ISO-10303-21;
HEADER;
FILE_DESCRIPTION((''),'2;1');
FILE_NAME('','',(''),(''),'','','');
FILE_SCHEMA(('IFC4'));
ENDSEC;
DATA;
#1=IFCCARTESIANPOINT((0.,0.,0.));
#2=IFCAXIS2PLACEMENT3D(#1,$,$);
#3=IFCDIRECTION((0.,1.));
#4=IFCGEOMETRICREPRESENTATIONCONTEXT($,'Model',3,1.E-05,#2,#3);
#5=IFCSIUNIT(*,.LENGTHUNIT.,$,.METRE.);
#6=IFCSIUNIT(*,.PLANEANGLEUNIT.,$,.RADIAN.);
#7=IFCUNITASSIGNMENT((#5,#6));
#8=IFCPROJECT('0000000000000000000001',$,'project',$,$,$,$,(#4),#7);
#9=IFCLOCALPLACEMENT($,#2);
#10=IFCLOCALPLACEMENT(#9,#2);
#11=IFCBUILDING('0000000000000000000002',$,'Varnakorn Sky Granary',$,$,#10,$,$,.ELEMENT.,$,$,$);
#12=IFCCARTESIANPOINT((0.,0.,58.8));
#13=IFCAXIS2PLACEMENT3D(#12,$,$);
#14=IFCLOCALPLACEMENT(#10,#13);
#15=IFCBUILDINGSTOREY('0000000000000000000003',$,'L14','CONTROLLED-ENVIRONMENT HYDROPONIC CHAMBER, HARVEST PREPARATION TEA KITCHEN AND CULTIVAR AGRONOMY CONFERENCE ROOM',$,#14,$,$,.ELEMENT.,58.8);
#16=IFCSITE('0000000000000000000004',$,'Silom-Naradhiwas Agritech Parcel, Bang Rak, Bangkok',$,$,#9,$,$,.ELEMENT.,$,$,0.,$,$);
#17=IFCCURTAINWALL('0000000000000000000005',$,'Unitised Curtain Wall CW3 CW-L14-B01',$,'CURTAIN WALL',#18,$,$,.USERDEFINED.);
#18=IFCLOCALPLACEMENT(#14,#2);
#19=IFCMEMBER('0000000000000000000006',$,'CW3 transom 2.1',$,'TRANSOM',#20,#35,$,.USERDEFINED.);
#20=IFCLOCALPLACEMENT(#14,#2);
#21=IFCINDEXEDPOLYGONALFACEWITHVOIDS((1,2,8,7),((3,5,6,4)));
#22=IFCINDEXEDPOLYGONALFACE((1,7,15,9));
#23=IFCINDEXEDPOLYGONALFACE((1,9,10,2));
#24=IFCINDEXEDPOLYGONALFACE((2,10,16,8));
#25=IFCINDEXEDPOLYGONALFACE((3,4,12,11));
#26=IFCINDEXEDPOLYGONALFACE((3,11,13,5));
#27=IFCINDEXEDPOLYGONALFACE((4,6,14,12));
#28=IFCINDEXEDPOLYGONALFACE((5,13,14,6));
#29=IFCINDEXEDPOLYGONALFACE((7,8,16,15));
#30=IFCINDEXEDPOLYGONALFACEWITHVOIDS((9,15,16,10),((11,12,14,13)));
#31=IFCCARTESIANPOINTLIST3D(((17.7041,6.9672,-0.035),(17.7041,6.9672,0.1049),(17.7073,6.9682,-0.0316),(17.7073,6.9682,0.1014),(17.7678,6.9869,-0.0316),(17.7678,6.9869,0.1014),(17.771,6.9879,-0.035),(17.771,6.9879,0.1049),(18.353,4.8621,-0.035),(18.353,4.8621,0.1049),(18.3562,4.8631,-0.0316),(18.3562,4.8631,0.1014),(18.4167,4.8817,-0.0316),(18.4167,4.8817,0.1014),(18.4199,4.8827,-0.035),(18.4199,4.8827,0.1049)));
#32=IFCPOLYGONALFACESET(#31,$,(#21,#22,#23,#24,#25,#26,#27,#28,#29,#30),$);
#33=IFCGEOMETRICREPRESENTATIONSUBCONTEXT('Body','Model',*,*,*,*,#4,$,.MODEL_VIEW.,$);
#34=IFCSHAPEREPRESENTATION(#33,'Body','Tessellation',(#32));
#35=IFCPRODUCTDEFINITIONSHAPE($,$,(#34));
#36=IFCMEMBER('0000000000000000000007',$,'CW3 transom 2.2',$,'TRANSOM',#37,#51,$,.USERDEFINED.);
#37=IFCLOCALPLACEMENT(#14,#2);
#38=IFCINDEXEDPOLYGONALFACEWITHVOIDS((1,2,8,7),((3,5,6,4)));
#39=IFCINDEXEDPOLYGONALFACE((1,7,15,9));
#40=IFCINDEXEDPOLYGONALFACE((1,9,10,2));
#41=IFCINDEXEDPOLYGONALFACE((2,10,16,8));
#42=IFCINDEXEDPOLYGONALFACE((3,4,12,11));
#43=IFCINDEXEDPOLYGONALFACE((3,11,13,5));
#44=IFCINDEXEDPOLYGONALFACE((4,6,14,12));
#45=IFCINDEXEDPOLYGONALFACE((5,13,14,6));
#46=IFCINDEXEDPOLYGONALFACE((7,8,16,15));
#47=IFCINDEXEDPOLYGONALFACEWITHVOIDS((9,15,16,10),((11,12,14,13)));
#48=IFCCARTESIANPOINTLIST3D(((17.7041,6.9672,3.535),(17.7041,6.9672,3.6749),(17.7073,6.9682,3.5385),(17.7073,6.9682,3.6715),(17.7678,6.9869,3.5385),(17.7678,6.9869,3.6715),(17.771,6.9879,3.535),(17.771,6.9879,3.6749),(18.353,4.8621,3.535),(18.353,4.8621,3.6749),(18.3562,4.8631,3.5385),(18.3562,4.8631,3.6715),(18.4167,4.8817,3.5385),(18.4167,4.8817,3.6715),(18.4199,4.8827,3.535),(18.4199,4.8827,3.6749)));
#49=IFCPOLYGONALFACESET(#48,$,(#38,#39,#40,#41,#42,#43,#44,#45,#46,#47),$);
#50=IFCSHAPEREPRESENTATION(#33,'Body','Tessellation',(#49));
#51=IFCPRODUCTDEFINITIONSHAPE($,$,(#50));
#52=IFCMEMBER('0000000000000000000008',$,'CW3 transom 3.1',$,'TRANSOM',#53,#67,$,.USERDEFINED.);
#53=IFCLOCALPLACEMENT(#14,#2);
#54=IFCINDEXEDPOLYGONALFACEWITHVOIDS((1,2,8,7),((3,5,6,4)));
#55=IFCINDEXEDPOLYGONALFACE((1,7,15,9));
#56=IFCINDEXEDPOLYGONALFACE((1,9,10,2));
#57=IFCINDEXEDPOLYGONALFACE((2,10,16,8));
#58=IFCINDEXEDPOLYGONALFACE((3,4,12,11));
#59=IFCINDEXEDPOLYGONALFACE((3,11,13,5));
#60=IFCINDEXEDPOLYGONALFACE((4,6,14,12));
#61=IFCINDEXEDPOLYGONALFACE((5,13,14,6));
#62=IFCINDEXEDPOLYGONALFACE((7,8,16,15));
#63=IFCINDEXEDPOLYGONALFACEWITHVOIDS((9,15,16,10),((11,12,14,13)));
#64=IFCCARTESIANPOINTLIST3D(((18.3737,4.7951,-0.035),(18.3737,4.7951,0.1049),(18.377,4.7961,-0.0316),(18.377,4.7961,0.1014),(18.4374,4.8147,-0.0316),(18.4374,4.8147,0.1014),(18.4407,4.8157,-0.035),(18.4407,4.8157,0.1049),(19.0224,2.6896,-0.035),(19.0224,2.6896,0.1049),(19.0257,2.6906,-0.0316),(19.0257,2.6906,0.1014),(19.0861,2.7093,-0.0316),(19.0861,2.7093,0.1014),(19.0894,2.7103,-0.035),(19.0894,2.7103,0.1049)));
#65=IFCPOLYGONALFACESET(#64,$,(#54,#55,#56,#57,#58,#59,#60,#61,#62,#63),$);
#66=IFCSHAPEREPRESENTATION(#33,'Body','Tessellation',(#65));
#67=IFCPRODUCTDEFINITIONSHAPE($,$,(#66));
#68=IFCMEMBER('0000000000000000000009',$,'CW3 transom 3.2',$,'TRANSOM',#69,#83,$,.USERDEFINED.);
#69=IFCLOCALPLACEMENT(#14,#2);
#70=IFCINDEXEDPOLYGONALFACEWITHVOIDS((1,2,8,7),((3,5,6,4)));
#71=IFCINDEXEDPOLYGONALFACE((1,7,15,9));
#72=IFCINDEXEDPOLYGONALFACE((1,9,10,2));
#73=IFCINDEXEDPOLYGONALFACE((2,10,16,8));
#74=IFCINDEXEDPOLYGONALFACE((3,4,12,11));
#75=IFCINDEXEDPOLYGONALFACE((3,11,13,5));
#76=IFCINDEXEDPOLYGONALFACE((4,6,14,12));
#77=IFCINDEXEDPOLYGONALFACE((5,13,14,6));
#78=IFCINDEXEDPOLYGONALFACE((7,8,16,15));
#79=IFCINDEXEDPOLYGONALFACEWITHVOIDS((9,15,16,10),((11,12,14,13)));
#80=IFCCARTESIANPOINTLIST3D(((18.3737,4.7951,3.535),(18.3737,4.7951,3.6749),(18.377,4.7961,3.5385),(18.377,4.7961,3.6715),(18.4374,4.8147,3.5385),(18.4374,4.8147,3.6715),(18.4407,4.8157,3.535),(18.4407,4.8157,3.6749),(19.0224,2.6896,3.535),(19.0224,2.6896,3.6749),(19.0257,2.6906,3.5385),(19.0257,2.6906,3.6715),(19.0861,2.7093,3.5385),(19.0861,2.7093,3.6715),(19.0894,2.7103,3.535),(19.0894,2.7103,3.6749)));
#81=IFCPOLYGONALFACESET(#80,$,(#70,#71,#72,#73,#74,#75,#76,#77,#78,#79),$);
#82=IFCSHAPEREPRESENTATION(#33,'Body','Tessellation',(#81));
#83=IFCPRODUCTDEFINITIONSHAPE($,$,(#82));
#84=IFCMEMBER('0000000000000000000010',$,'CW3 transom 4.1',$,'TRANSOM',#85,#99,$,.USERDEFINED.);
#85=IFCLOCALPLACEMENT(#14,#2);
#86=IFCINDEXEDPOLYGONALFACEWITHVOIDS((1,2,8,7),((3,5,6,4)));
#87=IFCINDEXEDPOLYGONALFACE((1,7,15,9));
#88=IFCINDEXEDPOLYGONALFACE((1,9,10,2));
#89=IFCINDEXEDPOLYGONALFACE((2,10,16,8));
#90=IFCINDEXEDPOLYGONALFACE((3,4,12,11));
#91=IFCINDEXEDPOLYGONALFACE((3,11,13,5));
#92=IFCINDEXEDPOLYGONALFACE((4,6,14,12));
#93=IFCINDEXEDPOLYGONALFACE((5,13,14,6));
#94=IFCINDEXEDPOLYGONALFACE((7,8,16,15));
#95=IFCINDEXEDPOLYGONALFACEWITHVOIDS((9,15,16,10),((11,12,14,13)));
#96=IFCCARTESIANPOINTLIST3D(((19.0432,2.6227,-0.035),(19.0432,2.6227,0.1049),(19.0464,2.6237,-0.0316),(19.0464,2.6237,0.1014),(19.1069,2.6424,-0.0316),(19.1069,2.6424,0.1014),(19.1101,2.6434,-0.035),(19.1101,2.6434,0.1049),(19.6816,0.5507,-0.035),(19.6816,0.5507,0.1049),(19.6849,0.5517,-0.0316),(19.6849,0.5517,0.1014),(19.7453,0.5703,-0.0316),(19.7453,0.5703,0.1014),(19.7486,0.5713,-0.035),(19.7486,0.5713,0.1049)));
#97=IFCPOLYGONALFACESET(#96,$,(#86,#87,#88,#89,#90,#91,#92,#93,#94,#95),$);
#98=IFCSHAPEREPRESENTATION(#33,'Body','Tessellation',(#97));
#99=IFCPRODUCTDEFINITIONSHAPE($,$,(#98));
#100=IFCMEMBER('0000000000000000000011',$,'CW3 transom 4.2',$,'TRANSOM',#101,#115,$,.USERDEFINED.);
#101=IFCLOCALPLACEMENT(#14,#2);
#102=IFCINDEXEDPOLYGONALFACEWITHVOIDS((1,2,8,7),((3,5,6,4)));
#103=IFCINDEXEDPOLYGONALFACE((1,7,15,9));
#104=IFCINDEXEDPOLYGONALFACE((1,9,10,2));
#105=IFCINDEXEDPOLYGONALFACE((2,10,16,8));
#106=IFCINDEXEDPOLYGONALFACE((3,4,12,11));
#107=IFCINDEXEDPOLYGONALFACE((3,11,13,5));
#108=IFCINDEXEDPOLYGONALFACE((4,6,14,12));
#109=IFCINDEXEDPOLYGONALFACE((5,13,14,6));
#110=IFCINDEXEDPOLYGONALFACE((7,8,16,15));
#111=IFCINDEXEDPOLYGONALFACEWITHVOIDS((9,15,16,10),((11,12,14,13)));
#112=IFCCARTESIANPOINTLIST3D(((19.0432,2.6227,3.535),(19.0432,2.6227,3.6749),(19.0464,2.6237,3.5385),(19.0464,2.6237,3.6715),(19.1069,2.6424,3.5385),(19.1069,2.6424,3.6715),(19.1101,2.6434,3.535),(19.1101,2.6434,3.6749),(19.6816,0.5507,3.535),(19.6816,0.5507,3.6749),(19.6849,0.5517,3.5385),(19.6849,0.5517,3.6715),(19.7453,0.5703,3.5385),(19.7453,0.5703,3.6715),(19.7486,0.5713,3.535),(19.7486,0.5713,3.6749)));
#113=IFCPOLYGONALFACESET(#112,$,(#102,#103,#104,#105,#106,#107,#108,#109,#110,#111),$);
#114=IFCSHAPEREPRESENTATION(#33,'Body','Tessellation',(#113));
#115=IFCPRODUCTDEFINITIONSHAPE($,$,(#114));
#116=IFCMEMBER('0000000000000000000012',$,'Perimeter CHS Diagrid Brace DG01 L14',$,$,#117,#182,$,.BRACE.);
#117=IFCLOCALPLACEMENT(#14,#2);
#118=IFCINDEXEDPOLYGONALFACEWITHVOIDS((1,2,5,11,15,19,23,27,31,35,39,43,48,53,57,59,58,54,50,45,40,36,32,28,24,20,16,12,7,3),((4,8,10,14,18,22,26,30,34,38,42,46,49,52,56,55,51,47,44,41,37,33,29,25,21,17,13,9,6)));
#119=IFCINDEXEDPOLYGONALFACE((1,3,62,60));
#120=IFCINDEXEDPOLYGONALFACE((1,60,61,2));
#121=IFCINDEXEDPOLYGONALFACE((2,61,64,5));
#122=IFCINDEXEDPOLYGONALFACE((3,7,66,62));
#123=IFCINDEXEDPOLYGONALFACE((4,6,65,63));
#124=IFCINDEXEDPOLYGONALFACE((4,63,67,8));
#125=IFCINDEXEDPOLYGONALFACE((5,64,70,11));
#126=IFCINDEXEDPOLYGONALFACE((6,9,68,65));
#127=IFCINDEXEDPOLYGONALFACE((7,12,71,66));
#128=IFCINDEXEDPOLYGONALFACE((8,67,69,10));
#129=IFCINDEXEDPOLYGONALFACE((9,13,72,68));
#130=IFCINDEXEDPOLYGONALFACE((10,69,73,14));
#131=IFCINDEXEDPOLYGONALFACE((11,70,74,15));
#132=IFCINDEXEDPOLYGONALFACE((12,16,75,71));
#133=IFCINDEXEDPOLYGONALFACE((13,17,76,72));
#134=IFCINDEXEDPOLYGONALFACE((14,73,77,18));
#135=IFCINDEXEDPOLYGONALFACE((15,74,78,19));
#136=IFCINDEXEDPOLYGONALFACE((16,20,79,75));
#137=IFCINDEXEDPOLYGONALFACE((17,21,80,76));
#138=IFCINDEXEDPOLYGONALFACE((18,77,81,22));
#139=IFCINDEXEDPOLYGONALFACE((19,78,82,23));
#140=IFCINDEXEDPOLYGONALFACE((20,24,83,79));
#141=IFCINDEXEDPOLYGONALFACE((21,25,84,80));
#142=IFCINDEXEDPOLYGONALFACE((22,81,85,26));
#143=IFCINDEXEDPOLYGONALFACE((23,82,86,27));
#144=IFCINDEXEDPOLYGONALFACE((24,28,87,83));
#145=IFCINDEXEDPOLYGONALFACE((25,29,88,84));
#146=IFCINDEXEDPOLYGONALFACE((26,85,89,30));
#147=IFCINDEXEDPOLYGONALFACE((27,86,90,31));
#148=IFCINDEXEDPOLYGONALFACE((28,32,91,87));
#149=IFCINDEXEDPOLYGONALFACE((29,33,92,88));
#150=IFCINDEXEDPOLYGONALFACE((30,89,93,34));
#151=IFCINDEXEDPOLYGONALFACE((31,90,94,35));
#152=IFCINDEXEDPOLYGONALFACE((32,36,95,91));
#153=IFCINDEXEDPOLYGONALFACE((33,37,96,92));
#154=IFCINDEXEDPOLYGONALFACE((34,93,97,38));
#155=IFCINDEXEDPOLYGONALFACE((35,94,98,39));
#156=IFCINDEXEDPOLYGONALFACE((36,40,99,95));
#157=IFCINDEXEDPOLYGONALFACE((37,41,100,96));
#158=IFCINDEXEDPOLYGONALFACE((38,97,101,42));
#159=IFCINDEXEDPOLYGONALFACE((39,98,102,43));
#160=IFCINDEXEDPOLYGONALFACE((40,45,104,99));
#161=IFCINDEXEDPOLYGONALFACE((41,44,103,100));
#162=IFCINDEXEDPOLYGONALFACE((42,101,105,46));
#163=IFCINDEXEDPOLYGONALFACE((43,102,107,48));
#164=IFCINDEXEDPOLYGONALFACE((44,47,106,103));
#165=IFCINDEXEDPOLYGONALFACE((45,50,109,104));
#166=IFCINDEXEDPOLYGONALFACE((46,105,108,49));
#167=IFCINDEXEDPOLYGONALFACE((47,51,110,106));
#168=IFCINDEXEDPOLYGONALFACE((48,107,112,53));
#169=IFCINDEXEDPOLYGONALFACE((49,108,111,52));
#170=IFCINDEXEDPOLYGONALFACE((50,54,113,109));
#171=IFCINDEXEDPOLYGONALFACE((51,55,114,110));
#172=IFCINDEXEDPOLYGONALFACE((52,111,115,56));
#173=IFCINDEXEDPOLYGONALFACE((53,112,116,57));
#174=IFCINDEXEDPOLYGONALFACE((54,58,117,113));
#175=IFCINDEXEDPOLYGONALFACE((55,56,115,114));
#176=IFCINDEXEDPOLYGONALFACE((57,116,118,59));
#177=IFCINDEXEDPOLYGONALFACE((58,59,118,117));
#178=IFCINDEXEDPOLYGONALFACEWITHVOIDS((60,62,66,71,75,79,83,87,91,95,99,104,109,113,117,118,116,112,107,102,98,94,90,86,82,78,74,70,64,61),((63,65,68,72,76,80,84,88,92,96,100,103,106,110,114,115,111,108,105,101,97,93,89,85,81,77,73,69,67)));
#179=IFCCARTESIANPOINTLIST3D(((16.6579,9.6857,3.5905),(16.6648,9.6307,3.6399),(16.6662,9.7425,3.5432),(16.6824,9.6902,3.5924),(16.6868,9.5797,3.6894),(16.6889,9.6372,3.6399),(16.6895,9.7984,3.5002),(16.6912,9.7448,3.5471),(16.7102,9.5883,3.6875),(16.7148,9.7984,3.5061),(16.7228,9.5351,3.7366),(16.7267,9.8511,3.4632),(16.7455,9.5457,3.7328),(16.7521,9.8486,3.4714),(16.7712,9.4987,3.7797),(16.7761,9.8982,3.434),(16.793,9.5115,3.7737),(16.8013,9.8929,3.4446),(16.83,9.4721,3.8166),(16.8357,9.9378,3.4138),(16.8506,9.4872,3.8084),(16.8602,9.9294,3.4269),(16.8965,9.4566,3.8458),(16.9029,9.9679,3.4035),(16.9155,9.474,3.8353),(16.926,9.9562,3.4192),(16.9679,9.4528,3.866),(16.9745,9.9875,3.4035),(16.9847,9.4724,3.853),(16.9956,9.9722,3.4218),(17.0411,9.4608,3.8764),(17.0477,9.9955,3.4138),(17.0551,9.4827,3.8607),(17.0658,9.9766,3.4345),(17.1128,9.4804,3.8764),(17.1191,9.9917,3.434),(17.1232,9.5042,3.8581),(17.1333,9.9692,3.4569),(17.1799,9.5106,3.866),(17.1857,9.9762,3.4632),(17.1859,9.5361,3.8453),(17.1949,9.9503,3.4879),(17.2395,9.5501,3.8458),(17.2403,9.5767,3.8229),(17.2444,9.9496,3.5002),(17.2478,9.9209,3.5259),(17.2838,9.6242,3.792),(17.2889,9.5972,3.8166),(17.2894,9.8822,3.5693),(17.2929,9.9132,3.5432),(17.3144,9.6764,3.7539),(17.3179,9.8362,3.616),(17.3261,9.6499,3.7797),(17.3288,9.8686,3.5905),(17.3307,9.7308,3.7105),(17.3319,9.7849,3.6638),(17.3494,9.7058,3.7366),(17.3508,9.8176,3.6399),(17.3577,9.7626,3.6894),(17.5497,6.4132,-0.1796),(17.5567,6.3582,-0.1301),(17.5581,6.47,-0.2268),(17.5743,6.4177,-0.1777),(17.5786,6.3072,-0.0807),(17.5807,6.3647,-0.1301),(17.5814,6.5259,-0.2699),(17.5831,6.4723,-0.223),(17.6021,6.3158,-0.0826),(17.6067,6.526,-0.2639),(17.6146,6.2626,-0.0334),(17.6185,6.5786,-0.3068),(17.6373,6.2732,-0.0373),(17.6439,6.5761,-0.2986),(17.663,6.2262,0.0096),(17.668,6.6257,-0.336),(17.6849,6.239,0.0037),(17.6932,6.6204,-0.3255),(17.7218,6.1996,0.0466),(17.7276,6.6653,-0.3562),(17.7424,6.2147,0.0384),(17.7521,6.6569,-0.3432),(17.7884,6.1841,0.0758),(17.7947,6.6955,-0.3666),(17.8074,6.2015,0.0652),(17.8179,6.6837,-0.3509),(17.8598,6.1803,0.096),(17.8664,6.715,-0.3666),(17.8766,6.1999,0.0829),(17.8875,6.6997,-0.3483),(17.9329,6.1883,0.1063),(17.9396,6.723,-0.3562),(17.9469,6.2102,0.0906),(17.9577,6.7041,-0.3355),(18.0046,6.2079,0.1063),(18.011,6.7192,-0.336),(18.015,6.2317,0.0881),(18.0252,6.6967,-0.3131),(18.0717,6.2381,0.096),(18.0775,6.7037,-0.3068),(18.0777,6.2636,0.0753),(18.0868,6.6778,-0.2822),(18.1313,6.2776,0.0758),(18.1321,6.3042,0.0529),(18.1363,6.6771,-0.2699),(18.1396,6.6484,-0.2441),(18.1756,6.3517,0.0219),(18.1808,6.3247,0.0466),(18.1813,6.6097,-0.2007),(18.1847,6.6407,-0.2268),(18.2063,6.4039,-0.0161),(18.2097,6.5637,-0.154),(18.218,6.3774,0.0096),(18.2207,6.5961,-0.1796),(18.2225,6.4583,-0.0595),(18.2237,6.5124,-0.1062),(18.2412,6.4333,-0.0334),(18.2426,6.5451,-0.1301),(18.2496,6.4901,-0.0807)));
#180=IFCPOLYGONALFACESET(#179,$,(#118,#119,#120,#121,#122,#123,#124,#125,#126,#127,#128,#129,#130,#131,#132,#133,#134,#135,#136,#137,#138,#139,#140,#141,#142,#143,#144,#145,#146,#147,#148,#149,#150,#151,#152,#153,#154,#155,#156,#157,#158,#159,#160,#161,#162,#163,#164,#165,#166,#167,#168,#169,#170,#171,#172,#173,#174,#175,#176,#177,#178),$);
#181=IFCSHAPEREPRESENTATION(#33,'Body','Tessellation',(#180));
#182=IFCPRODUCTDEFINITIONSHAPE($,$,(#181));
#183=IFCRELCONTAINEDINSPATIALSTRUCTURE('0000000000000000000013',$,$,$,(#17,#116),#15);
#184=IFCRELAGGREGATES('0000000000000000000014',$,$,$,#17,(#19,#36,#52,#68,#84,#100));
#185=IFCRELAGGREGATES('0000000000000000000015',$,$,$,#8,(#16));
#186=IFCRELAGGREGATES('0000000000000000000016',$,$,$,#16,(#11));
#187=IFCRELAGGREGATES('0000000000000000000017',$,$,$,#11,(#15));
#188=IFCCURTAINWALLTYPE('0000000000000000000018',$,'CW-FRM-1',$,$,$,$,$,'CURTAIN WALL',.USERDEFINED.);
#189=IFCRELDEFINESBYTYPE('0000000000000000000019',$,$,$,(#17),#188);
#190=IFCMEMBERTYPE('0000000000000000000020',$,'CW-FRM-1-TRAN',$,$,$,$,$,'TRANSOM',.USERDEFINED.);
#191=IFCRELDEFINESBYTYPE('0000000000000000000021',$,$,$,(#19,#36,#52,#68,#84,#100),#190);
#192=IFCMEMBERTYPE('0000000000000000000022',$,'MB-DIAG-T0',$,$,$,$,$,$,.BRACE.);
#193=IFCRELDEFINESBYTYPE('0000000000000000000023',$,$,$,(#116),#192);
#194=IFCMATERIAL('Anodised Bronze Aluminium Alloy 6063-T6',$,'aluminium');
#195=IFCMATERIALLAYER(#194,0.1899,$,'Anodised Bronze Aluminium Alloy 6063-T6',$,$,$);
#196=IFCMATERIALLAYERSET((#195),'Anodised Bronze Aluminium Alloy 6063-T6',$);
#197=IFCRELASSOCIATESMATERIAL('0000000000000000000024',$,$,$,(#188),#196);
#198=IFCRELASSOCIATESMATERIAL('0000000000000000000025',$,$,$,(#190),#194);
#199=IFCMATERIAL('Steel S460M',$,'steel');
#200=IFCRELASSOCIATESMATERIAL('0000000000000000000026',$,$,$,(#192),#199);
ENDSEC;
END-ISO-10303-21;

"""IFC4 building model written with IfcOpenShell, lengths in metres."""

from ifc_helpers import new_model, si_unit, direction, frame, origin, origin_2d, place, context, subcontext, project, spatial, hollow_rectangle, hollow_circle, extrude, material, layer, layer_set, material_profile, profile_set, type_object, element, aggregate, save


model = new_model("IFC4")

# Units and contexts
model_context = context("Model", 3, precision=1e-05, world=origin(), true_north=direction((0.0, 1.0)))
body_context = subcontext(model_context, "Body", "Model", "MODEL_VIEW")
ifc_project = project(units=[si_unit("LENGTHUNIT", "METRE"), si_unit("PLANEANGLEUNIT", "RADIAN")], contexts=[model_context])

# Site, building, storey
site_placement = place(None, origin())
site = spatial("IfcSite", under=ifc_project, at=site_placement, Name="Silom-Naradhiwas Agritech Parcel, Bang Rak, Bangkok", CompositionType="ELEMENT", RefElevation=0.0)
building_placement = place(site_placement, origin())
building = spatial("IfcBuilding", under=site, at=building_placement, Name="Varnakorn Sky Granary", CompositionType="ELEMENT")
storey_placement = place(building_placement, frame((0.0, 0.0, 58.8)))
storey = spatial("IfcBuildingStorey", under=building, at=storey_placement, Name="L14", Description="CONTROLLED-ENVIRONMENT HYDROPONIC CHAMBER, HARVEST PREPARATION TEA KITCHEN AND CULTIVAR AGRONOMY CONFERENCE ROOM", CompositionType="ELEMENT", Elevation=58.8)

# Shared definitions
ifc_material_1 = material(Name="Steel S460M", Category="steel")

# Curtain wall, members
ifc_material_2 = material(Name="Anodised Bronze Aluminium Alloy 6063-T6", Category="aluminium")
ifc_layer_1 = layer(ifc_material_2, 0.1899, Name="Anodised Bronze Aluminium Alloy 6063-T6")
ifc_layer_set_1 = layer_set([ifc_layer_1], Name="Anodised Bronze Aluminium Alloy 6063-T6")
curtain_wall_type = type_object("IfcCurtainWallType", Name="CW-FRM-1", ElementType="CURTAIN WALL", PredefinedType="USERDEFINED", material=ifc_layer_set_1)
curtain_wall_placement = place(storey_placement, origin())
curtain_wall = element("IfcCurtainWall", 1, at=curtain_wall_placement, inside=storey, type_object=curtain_wall_type, Name="Unitised Curtain Wall CW3 CW-L14-B01", ObjectType="CURTAIN WALL", PredefinedType="USERDEFINED")
ifc_material_profile_1 = material_profile(ifc_material_2, hollow_rectangle(XDim=0.0701, YDim=0.1399, WallThickness=0.0034, at=origin_2d()), Name="ALU TRAN 70x140")
ifc_profile_set_1 = profile_set([ifc_material_profile_1], Name="Anodised Bronze Aluminium Alloy 6063-T6")
member_type_1 = type_object("IfcMemberType", Name="CW-FRM-1-TRAN", ElementType="TRANSOM", PredefinedType="USERDEFINED", material=ifc_profile_set_1)
member_1_placement = place(storey_placement, frame((17.7375, 6.9775, 0.0349), z_axis=(0.294569, -0.95563, 0.0), x_axis=(0.95563, 0.294569, 0.0)))
member_1 = element("IfcMember", 2, at=member_1_placement, type_object=member_type_1, Name="CW3 transom 2.1", ObjectType="TRANSOM", PredefinedType="USERDEFINED", context=body_context, shape_type="SweptSolid", body=[
    extrude(hollow_rectangle(XDim=0.0701, YDim=0.1399, WallThickness=0.0034, at=origin_2d()), origin(), (0.0, 0.0, 1.0), 2.2029),
])
member_2_placement = place(storey_placement, frame((17.7375, 6.9775, 3.605), z_axis=(0.294569, -0.95563, 0.0), x_axis=(0.95563, 0.294569, 0.0)))
member_2 = element("IfcMember", 3, at=member_2_placement, type_object=member_type_1, Name="CW3 transom 2.2", ObjectType="TRANSOM", PredefinedType="USERDEFINED", context=body_context, shape_type="SweptSolid", body=[
    extrude(hollow_rectangle(XDim=0.0701, YDim=0.1399, WallThickness=0.0034, at=origin_2d()), origin(), (0.0, 0.0, 1.0), 2.2029),
])
member_3_placement = place(storey_placement, frame((18.4072, 4.8054, 0.0349), z_axis=(0.294436, -0.955671, 0.0), x_axis=(0.955671, 0.294436, 0.0)))
member_3 = element("IfcMember", 4, at=member_3_placement, type_object=member_type_1, Name="CW3 transom 3.1", ObjectType="TRANSOM", PredefinedType="USERDEFINED", context=body_context, shape_type="SweptSolid", body=[
    extrude(hollow_rectangle(XDim=0.0701, YDim=0.1399, WallThickness=0.0034, at=origin_2d()), origin(), (0.0, 0.0, 1.0), 2.2031),
])
member_4_placement = place(storey_placement, frame((18.4072, 4.8054, 3.605), z_axis=(0.294436, -0.955671, 0.0), x_axis=(0.955671, 0.294436, 0.0)))
member_4 = element("IfcMember", 5, at=member_4_placement, type_object=member_type_1, Name="CW3 transom 3.2", ObjectType="TRANSOM", PredefinedType="USERDEFINED", context=body_context, shape_type="SweptSolid", body=[
    extrude(hollow_rectangle(XDim=0.0701, YDim=0.1399, WallThickness=0.0034, at=origin_2d()), origin(), (0.0, 0.0, 1.0), 2.2031),
])
member_5_placement = place(storey_placement, frame((19.0767, 2.6331, 0.0349), z_axis=(0.294458, -0.955665, 0.0), x_axis=(0.955665, 0.294458, 0.0)))
member_5 = element("IfcMember", 6, at=member_5_placement, type_object=member_type_1, Name="CW3 transom 4.1", ObjectType="TRANSOM", PredefinedType="USERDEFINED", context=body_context, shape_type="SweptSolid", body=[
    extrude(hollow_rectangle(XDim=0.0701, YDim=0.1399, WallThickness=0.0034, at=origin_2d()), origin(), (0.0, 0.0, 1.0), 2.1682),
])
member_6_placement = place(storey_placement, frame((19.0767, 2.6331, 3.605), z_axis=(0.294458, -0.955665, 0.0), x_axis=(0.955665, 0.294458, 0.0)))
member_6 = element("IfcMember", 7, at=member_6_placement, type_object=member_type_1, Name="CW3 transom 4.2", ObjectType="TRANSOM", PredefinedType="USERDEFINED", context=body_context, shape_type="SweptSolid", body=[
    extrude(hollow_rectangle(XDim=0.0701, YDim=0.1399, WallThickness=0.0034, at=origin_2d()), origin(), (0.0, 0.0, 1.0), 2.1682),
])

# Member
ifc_material_profile_2 = material_profile(ifc_material_1, hollow_circle(Radius=0.3555, WallThickness=0.0249, at=origin_2d()), Name="CHS 711x25")
ifc_profile_set_2 = profile_set([ifc_material_profile_2], Name="Steel S460M")
member_type_2 = type_object("IfcMemberType", Name="MB-DIAG-T0", PredefinedType="BRACE", material=ifc_profile_set_2)
member_7_placement = place(storey_placement, frame((17.8997, 6.4517, -0.1301), z_axis=(-0.175864, 0.645298, 0.743412), x_axis=(-0.964812, -0.262941, 0.0)))
element("IfcMember", 8, at=member_7_placement, inside=storey, type_object=member_type_2, Name="Perimeter CHS Diagrid Brace DG01 L14", PredefinedType="BRACE", context=body_context, shape_type="SweptSolid", body=[
    extrude(hollow_circle(Radius=0.3555, WallThickness=0.0249, at=origin_2d()), origin(), (0.0, 0.0, 1.0), 5.0713),
])

aggregate(curtain_wall, [member_1, member_2, member_3, member_4, member_5, member_6])

save(model, "model.ifc")
